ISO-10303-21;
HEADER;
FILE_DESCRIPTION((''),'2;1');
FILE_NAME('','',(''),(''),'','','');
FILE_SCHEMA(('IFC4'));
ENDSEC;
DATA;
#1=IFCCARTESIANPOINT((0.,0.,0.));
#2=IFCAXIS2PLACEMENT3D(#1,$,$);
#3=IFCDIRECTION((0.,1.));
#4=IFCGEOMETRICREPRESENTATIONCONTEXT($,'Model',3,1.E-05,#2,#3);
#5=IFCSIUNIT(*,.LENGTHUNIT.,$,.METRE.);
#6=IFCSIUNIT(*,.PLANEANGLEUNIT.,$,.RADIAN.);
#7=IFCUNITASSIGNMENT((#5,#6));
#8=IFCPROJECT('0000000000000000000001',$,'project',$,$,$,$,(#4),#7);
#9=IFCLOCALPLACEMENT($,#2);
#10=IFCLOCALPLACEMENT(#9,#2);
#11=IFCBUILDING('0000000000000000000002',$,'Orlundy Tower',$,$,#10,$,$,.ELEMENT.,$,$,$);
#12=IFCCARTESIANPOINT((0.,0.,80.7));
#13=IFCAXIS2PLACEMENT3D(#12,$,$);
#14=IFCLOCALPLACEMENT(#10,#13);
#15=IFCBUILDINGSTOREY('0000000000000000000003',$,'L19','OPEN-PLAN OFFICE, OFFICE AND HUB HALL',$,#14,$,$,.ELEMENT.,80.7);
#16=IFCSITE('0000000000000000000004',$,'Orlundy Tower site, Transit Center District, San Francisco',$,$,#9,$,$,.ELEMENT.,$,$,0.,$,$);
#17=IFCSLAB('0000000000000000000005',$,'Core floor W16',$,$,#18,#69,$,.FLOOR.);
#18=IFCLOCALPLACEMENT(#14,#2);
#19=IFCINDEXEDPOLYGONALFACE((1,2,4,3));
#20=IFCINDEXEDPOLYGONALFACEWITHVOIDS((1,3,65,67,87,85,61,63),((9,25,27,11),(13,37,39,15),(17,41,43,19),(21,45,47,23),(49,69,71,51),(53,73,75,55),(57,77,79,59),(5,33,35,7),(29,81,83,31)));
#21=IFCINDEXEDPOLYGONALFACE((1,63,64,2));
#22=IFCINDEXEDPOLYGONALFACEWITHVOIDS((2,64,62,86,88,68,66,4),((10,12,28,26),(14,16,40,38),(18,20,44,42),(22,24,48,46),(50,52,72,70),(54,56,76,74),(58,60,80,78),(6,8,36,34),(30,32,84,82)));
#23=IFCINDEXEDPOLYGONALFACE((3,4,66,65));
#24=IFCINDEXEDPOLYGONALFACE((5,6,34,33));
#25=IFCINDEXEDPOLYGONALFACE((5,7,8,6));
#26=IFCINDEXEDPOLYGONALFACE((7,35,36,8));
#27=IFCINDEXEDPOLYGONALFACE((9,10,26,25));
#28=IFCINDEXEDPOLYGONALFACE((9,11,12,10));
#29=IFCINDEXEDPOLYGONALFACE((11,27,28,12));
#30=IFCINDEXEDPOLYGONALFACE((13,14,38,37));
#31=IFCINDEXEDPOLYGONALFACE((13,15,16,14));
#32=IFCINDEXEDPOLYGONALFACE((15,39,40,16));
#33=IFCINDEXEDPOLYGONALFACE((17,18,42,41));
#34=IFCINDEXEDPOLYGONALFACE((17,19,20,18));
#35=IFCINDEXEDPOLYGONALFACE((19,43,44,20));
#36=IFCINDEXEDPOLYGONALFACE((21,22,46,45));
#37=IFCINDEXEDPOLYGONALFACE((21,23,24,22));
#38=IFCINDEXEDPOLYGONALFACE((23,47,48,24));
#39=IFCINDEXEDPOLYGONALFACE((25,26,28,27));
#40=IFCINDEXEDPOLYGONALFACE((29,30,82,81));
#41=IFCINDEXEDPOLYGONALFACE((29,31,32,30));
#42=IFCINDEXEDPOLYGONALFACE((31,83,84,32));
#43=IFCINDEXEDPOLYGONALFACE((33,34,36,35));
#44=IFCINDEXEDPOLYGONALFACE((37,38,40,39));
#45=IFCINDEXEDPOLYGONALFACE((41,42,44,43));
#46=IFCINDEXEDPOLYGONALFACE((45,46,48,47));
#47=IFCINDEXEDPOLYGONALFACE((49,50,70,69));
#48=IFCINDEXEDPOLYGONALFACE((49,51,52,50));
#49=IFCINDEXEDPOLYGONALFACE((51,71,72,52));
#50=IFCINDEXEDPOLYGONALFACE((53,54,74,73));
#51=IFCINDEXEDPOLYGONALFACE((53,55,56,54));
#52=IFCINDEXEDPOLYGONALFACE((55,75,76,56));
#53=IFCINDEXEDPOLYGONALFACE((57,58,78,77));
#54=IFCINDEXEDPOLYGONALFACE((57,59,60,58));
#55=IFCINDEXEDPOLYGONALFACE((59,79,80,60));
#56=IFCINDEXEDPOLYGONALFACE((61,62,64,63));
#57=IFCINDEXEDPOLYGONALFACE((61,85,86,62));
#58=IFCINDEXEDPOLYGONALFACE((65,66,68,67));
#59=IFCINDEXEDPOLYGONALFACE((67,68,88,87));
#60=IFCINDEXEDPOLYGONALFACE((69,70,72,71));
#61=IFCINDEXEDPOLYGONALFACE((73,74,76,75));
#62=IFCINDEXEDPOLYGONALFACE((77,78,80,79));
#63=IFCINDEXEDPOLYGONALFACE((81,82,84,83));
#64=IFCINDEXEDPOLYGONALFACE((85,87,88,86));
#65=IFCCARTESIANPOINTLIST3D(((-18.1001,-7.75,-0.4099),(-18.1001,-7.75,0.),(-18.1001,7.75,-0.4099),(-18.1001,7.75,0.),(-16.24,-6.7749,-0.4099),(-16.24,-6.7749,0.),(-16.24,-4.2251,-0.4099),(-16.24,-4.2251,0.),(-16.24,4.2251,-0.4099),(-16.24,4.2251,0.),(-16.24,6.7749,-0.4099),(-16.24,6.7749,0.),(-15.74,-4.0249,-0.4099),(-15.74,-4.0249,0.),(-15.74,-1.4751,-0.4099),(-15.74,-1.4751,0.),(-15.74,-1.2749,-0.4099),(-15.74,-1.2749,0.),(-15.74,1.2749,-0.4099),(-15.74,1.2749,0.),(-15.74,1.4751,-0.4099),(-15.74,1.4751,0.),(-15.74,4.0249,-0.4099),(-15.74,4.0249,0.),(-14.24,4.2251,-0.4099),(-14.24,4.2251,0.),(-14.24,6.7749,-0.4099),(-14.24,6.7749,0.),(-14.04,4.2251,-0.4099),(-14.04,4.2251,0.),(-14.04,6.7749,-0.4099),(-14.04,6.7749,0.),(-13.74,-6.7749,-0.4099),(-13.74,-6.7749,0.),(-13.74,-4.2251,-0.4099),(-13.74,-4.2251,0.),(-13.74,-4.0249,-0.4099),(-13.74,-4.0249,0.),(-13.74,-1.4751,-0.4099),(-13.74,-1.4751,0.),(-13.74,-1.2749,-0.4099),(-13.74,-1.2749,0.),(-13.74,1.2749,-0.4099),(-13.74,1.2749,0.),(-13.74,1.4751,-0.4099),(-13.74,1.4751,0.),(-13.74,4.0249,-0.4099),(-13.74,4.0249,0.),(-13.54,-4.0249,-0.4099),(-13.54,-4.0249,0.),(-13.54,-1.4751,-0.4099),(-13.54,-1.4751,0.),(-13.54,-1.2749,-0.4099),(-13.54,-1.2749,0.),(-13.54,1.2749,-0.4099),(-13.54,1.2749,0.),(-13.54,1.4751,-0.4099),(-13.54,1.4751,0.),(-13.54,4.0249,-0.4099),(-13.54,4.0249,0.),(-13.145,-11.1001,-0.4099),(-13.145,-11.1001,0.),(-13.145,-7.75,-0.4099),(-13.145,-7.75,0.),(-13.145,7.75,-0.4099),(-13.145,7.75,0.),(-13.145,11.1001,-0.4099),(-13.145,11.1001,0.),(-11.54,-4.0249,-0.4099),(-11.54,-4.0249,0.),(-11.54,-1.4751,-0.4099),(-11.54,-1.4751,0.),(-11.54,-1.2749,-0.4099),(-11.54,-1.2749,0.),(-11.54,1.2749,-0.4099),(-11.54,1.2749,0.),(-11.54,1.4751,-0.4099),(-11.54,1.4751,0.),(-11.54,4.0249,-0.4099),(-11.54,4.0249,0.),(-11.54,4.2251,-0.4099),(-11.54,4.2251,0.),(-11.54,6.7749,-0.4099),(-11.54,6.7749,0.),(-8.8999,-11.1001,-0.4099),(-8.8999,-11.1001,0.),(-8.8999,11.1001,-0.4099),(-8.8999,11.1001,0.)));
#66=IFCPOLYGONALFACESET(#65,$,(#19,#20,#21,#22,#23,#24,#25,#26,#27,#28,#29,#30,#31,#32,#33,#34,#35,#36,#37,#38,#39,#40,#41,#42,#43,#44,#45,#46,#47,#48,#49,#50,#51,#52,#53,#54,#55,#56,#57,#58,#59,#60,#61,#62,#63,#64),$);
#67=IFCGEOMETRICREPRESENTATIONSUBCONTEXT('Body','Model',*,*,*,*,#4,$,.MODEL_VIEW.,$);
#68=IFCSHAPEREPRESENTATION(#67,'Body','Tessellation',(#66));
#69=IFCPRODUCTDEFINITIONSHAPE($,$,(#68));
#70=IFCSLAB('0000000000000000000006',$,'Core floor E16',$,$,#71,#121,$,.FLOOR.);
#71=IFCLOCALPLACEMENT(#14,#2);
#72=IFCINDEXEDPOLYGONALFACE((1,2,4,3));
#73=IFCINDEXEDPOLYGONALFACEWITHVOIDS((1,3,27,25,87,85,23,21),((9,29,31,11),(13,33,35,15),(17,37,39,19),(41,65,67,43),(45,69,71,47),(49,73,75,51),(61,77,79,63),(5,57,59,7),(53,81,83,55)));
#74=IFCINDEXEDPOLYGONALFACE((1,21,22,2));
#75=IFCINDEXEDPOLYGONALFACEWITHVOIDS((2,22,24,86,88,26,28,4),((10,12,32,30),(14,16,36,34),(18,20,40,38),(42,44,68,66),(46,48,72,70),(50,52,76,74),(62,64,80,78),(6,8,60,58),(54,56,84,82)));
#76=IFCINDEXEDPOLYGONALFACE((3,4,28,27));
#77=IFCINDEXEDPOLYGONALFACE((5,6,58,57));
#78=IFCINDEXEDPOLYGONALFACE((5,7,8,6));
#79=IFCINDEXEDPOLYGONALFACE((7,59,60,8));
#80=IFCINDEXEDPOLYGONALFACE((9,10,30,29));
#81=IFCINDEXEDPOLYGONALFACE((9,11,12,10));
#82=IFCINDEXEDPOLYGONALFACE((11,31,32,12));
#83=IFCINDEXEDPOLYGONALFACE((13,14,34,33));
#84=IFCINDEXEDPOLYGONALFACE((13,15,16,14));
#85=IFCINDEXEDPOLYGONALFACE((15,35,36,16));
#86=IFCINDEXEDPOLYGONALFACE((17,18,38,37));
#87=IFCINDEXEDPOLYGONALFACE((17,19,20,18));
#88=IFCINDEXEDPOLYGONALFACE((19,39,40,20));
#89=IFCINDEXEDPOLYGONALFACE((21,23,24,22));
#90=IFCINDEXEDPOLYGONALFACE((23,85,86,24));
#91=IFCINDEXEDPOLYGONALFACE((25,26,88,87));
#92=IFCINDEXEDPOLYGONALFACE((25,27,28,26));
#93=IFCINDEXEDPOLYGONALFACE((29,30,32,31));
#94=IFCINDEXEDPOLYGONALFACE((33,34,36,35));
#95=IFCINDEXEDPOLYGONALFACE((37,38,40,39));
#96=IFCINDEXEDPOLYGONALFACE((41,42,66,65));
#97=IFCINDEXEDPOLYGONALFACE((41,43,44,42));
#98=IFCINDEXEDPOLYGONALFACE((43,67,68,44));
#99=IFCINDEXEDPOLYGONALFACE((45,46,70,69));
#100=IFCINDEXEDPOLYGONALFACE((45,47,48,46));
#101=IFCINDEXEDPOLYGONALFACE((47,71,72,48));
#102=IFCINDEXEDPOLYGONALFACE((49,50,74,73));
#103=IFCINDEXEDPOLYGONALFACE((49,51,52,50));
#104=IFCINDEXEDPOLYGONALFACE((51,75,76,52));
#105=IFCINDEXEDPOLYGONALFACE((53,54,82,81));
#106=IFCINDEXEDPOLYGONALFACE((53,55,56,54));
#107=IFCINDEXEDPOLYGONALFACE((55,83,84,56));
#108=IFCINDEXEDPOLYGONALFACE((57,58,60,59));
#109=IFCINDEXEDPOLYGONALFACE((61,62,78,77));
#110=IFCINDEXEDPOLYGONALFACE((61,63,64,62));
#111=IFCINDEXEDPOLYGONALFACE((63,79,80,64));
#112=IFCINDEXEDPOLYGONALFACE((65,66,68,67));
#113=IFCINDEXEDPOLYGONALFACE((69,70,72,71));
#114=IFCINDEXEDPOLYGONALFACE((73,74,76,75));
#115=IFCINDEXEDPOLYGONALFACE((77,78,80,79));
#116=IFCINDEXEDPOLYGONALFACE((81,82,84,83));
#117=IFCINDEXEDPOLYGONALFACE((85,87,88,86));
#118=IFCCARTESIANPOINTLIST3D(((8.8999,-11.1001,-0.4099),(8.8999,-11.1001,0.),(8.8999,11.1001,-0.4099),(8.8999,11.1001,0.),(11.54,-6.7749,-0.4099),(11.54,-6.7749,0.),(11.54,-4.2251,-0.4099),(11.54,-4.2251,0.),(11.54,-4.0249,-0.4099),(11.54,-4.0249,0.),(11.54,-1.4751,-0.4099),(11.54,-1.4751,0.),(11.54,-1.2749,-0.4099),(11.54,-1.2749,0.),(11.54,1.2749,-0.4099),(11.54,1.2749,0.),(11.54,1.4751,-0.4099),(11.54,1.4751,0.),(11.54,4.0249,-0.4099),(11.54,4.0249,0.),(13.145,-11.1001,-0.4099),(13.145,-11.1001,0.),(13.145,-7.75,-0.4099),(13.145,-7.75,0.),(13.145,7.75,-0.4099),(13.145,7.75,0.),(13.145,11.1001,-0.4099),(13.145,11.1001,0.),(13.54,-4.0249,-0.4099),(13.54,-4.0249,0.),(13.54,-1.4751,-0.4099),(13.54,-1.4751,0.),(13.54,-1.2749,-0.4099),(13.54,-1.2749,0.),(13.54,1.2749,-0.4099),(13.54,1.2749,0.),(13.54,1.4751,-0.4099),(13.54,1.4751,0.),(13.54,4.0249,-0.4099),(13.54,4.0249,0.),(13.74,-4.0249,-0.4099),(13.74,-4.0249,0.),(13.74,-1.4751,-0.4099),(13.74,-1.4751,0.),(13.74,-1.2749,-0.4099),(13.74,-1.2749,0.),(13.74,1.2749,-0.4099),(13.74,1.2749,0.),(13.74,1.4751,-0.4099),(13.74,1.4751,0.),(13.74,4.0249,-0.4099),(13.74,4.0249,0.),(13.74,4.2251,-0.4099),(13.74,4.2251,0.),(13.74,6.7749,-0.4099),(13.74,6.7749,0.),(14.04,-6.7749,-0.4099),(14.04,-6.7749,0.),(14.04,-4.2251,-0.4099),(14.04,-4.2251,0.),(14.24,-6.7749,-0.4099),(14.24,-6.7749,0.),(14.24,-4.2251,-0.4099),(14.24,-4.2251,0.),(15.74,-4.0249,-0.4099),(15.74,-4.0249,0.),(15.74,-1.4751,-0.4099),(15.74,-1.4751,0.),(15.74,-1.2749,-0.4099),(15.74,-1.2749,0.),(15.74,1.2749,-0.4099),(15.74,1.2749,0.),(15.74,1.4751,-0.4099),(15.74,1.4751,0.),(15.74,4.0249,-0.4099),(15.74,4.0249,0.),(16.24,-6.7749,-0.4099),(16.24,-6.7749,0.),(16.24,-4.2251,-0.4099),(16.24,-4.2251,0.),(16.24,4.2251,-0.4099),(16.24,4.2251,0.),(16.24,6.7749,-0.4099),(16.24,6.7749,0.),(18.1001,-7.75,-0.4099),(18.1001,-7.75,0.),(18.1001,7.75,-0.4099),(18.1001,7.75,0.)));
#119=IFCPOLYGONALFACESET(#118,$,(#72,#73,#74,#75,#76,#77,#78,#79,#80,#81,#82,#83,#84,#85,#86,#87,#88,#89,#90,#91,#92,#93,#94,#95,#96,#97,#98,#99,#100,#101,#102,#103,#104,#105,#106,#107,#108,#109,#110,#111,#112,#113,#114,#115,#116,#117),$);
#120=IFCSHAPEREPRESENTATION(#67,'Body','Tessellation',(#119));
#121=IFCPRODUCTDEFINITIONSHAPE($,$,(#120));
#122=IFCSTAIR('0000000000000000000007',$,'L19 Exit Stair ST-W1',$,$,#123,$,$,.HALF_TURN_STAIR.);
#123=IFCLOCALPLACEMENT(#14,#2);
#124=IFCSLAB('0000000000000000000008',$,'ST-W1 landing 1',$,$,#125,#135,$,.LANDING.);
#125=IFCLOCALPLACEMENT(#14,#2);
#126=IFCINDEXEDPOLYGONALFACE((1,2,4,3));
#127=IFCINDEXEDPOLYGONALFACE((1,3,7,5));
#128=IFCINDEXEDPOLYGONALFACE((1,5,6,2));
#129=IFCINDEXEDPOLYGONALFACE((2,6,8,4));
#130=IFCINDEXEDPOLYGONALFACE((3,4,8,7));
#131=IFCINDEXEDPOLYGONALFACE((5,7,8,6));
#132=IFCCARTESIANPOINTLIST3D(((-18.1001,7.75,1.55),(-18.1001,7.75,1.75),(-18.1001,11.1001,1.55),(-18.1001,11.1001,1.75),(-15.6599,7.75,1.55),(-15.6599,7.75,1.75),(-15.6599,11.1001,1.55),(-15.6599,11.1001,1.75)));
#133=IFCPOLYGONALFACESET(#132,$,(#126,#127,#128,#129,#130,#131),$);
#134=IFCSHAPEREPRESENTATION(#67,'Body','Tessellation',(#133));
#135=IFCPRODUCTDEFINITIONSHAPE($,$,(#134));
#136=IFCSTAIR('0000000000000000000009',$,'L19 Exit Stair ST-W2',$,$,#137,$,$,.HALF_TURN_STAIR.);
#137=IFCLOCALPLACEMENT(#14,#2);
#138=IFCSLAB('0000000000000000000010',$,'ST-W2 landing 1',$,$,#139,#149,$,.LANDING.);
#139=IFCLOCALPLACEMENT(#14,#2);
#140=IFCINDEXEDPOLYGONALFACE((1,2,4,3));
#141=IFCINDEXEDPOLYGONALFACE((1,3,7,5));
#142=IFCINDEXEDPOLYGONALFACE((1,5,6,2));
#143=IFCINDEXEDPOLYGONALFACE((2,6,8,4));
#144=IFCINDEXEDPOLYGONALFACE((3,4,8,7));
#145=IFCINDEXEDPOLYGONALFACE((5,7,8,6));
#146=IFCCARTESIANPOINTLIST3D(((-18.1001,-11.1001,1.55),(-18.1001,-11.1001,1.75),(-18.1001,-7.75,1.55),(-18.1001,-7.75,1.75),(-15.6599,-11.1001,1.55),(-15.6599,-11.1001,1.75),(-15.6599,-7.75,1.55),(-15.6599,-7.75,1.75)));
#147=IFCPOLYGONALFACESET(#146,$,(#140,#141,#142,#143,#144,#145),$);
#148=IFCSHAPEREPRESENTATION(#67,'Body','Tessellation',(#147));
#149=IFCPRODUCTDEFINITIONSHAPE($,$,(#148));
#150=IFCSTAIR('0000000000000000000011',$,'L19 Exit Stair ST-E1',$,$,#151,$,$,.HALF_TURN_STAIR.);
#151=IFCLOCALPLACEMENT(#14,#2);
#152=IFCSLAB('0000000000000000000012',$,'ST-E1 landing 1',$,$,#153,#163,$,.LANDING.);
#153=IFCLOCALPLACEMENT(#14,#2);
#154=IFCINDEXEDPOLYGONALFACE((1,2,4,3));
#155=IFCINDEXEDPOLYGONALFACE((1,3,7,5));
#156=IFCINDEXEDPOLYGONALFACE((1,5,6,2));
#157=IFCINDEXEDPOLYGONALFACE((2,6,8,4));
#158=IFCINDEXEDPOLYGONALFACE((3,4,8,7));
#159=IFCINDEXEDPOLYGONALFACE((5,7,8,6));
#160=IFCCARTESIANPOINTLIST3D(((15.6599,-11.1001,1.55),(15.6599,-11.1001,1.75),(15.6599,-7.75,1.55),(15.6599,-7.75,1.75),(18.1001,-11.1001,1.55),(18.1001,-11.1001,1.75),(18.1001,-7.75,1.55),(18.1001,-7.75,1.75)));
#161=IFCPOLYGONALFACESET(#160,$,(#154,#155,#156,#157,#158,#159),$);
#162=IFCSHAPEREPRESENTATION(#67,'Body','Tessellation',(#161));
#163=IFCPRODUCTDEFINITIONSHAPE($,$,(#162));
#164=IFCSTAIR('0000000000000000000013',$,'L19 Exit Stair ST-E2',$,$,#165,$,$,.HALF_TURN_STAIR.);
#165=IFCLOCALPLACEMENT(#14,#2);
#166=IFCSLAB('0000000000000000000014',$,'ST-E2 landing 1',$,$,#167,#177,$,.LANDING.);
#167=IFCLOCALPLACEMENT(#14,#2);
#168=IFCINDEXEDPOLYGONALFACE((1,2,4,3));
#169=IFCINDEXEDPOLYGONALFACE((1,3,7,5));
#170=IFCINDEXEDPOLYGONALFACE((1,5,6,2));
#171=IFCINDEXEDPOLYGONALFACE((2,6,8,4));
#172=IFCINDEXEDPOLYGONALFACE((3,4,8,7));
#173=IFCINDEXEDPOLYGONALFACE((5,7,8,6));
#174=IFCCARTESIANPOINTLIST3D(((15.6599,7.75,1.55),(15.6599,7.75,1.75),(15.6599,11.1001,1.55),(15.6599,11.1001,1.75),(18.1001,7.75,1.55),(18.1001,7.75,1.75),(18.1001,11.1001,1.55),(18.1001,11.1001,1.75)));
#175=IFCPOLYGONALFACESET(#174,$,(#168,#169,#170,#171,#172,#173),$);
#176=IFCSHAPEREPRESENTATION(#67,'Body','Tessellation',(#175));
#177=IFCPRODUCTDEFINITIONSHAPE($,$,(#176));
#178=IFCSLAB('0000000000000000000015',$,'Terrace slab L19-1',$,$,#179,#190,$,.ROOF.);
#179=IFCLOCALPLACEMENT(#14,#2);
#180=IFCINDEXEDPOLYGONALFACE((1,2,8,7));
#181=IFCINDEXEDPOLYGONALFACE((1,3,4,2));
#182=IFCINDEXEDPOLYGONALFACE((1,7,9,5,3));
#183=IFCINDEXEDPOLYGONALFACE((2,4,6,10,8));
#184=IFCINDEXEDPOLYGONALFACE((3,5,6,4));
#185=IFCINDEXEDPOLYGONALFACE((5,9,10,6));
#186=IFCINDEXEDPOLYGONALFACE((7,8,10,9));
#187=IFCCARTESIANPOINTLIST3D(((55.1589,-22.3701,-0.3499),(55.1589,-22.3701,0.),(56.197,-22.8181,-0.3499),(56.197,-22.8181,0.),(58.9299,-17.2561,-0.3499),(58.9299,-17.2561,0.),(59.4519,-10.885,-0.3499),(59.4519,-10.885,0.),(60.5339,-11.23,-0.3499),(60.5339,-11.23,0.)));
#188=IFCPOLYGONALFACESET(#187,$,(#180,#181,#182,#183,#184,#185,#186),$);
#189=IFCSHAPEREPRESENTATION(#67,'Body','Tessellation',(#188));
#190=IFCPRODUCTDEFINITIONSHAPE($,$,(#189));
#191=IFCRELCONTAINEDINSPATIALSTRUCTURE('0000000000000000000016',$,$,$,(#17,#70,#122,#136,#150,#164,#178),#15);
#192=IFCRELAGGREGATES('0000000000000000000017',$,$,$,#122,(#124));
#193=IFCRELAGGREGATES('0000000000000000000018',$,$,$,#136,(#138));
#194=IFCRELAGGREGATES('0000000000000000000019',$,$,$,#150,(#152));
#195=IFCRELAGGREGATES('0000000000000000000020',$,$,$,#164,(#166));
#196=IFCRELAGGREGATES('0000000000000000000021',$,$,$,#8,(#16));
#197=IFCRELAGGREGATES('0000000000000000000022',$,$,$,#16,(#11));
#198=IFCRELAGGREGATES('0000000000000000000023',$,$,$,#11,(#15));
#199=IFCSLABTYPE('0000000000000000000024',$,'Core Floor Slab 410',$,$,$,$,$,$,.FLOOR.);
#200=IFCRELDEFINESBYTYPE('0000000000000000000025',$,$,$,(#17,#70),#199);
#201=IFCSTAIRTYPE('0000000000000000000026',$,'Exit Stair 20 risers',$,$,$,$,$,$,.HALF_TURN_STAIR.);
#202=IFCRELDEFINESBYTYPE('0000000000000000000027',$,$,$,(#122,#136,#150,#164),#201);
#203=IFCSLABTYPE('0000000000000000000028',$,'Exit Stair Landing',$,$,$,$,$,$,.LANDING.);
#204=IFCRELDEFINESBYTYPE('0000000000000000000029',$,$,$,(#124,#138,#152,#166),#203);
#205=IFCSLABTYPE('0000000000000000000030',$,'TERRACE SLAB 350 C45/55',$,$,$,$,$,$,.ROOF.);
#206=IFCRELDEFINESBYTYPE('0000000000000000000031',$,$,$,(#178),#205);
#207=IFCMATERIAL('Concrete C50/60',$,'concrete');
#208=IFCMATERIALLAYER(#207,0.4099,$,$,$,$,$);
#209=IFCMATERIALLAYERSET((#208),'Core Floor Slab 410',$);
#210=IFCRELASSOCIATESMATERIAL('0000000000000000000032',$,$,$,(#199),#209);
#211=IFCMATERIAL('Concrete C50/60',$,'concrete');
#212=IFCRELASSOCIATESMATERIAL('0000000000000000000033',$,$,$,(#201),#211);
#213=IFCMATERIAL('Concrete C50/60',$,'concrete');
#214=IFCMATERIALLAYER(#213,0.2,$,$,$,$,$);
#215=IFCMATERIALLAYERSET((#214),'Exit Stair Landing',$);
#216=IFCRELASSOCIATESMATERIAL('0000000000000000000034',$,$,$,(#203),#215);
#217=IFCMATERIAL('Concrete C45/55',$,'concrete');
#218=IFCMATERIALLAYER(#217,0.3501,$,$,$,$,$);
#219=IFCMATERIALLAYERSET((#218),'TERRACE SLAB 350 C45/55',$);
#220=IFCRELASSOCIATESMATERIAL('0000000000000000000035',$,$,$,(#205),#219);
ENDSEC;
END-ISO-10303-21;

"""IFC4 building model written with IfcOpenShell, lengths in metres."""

from ifc_helpers import new_model, si_unit, direction, frame, origin, place, context, subcontext, project, spatial, polyline, outline, extrude, material, layer, layer_set, type_object, element, aggregate, save


model = new_model("IFC4")

# Units and contexts
model_context = context("Model", 3, precision=1e-05, world=origin(), true_north=direction((0.0, 1.0)))
body_context = subcontext(model_context, "Body", "Model", "MODEL_VIEW")
ifc_project = project(units=[si_unit("LENGTHUNIT", "METRE"), si_unit("PLANEANGLEUNIT", "RADIAN")], contexts=[model_context])

# Site, building, storey
site_placement = place(None, origin())
site = spatial("IfcSite", under=ifc_project, at=site_placement, Name="Orlundy Tower site, Transit Center District, San Francisco", CompositionType="ELEMENT", RefElevation=0.0)
building_placement = place(site_placement, origin())
building = spatial("IfcBuilding", under=site, at=building_placement, Name="Orlundy Tower", CompositionType="ELEMENT")
storey_placement = place(building_placement, frame((0.0, 0.0, 80.7)))
storey = spatial("IfcBuildingStorey", under=building, at=storey_placement, Name="L19", Description="OPEN-PLAN OFFICE, OFFICE AND HUB HALL", CompositionType="ELEMENT", Elevation=80.7)

# Slabs
ifc_material_1 = material(Name="Concrete C50/60", Category="concrete")
ifc_layer_1 = layer(ifc_material_1, 0.4099)
ifc_layer_set_1 = layer_set([ifc_layer_1], Name="Core Floor Slab 410")
slab_type_1 = type_object("IfcSlabType", Name="Core Floor Slab 410", PredefinedType="FLOOR", material=ifc_layer_set_1)
slab_1_placement = place(storey_placement, frame((0.0, 0.0, -0.4099)))
element("IfcSlab", 1, at=slab_1_placement, inside=storey, type_object=slab_type_1, Name="Core floor W16", PredefinedType="FLOOR", context=body_context, shape_type="SweptSolid", body=[
    extrude(outline(polyline([(-13.145, 7.75), (-13.145, 11.1001), (-8.8999, 11.1001), (-8.8999, -11.1001), (-13.145, -11.1001), (-13.145, -7.75), (-18.1001, -7.75), (-18.1001, 7.75), (-13.145, 7.75)]), holes=[polyline([(-16.24, -6.7749), (-13.74, -6.7749), (-13.74, -4.2251), (-16.24, -4.2251), (-16.24, -6.7749)]), polyline([(-13.54, -1.4751), (-13.54, -4.0249), (-11.54, -4.0249), (-11.54, -1.4751), (-13.54, -1.4751)]), polyline([(-13.74, -1.4751), (-15.74, -1.4751), (-15.74, -4.0249), (-13.74, -4.0249), (-13.74, -1.4751)]), polyline([(-11.54, -1.2749), (-11.54, 1.2749), (-13.54, 1.2749), (-13.54, -1.2749), (-11.54, -1.2749)]), polyline([(-15.74, -1.2749), (-13.74, -1.2749), (-13.74, 1.2749), (-15.74, 1.2749), (-15.74, -1.2749)]), polyline([(-13.54, 4.0249), (-13.54, 1.4751), (-11.54, 1.4751), (-11.54, 4.0249), (-13.54, 4.0249)]), polyline([(-13.74, 4.0249), (-15.74, 4.0249), (-15.74, 1.4751), (-13.74, 1.4751), (-13.74, 4.0249)]), polyline([(-11.54, 4.2251), (-11.54, 6.7749), (-14.04, 6.7749), (-14.04, 4.2251), (-11.54, 4.2251)]), polyline([(-16.24, 4.2251), (-14.24, 4.2251), (-14.24, 6.7749), (-16.24, 6.7749), (-16.24, 4.2251)])]), origin(), (0.0, 0.0, 1.0), 0.4099),
])
slab_2_placement = place(storey_placement, frame((0.0, 0.0, -0.4099)))
element("IfcSlab", 2, at=slab_2_placement, inside=storey, type_object=slab_type_1, Name="Core floor E16", PredefinedType="FLOOR", context=body_context, shape_type="SweptSolid", body=[
    extrude(outline(polyline([(13.145, -7.75), (13.145, -11.1001), (8.8999, -11.1001), (8.8999, 11.1001), (13.145, 11.1001), (13.145, 7.75), (18.1001, 7.75), (18.1001, -7.75), (13.145, -7.75)]), holes=[polyline([(16.24, 6.7749), (13.74, 6.7749), (13.74, 4.2251), (16.24, 4.2251), (16.24, 6.7749)]), polyline([(13.54, 1.4751), (13.54, 4.0249), (11.54, 4.0249), (11.54, 1.4751), (13.54, 1.4751)]), polyline([(13.74, 1.4751), (15.74, 1.4751), (15.74, 4.0249), (13.74, 4.0249), (13.74, 1.4751)]), polyline([(11.54, 1.2749), (11.54, -1.2749), (13.54, -1.2749), (13.54, 1.2749), (11.54, 1.2749)]), polyline([(15.74, 1.2749), (13.74, 1.2749), (13.74, -1.2749), (15.74, -1.2749), (15.74, 1.2749)]), polyline([(13.54, -4.0249), (13.54, -1.4751), (11.54, -1.4751), (11.54, -4.0249), (13.54, -4.0249)]), polyline([(13.74, -4.0249), (15.74, -4.0249), (15.74, -1.4751), (13.74, -1.4751), (13.74, -4.0249)]), polyline([(11.54, -4.2251), (11.54, -6.7749), (14.04, -6.7749), (14.04, -4.2251), (11.54, -4.2251)]), polyline([(16.24, -4.2251), (14.24, -4.2251), (14.24, -6.7749), (16.24, -6.7749), (16.24, -4.2251)])]), origin(), (0.0, 0.0, 1.0), 0.4099),
])

# Stairs, slabs
ifc_material_2 = material(Name="Concrete C50/60", Category="concrete")
stair_type = type_object("IfcStairType", Name="Exit Stair 20 risers", PredefinedType="HALF_TURN_STAIR", material=ifc_material_2)
stair_1_placement = place(storey_placement, origin())
stair_1 = element("IfcStair", 3, at=stair_1_placement, inside=storey, type_object=stair_type, Name="L19 Exit Stair ST-W1", PredefinedType="HALF_TURN_STAIR")
ifc_material_3 = material(Name="Concrete C50/60", Category="concrete")
ifc_layer_2 = layer(ifc_material_3, 0.2)
ifc_layer_set_2 = layer_set([ifc_layer_2], Name="Exit Stair Landing")
slab_type_2 = type_object("IfcSlabType", Name="Exit Stair Landing", PredefinedType="LANDING", material=ifc_layer_set_2)
slab_3_placement = place(storey_placement, frame((0.0, 0.0, 1.55)))
slab_3 = element("IfcSlab", 4, at=slab_3_placement, type_object=slab_type_2, Name="ST-W1 landing 1", PredefinedType="LANDING", context=body_context, shape_type="SweptSolid", body=[
    extrude(outline(polyline([(-15.6599, 11.1001), (-18.1001, 11.1001), (-18.1001, 7.75), (-15.6599, 7.75), (-15.6599, 11.1001)])), origin(), (0.0, 0.0, 1.0), 0.2),
])
aggregate(stair_1, [slab_3])
stair_2_placement = place(storey_placement, origin())
stair_2 = element("IfcStair", 5, at=stair_2_placement, inside=storey, type_object=stair_type, Name="L19 Exit Stair ST-W2", PredefinedType="HALF_TURN_STAIR")
slab_4_placement = place(storey_placement, frame((0.0, 0.0, 1.55)))
slab_4 = element("IfcSlab", 6, at=slab_4_placement, type_object=slab_type_2, Name="ST-W2 landing 1", PredefinedType="LANDING", context=body_context, shape_type="SweptSolid", body=[
    extrude(outline(polyline([(-15.6599, -7.75), (-18.1001, -7.75), (-18.1001, -11.1001), (-15.6599, -11.1001), (-15.6599, -7.75)])), origin(), (0.0, 0.0, 1.0), 0.2),
])
aggregate(stair_2, [slab_4])
stair_3_placement = place(storey_placement, origin())
stair_3 = element("IfcStair", 7, at=stair_3_placement, inside=storey, type_object=stair_type, Name="L19 Exit Stair ST-E1", PredefinedType="HALF_TURN_STAIR")
slab_5_placement = place(storey_placement, frame((0.0, 0.0, 1.55)))
slab_5 = element("IfcSlab", 8, at=slab_5_placement, type_object=slab_type_2, Name="ST-E1 landing 1", PredefinedType="LANDING", context=body_context, shape_type="SweptSolid", body=[
    extrude(outline(polyline([(15.6599, -11.1001), (18.1001, -11.1001), (18.1001, -7.75), (15.6599, -7.75), (15.6599, -11.1001)])), origin(), (0.0, 0.0, 1.0), 0.2),
])
aggregate(stair_3, [slab_5])
stair_4_placement = place(storey_placement, origin())
stair_4 = element("IfcStair", 9, at=stair_4_placement, inside=storey, type_object=stair_type, Name="L19 Exit Stair ST-E2", PredefinedType="HALF_TURN_STAIR")
slab_6_placement = place(storey_placement, frame((0.0, 0.0, 1.55)))
slab_6 = element("IfcSlab", 10, at=slab_6_placement, type_object=slab_type_2, Name="ST-E2 landing 1", PredefinedType="LANDING", context=body_context, shape_type="SweptSolid", body=[
    extrude(outline(polyline([(15.6599, 7.75), (18.1001, 7.75), (18.1001, 11.1001), (15.6599, 11.1001), (15.6599, 7.75)])), origin(), (0.0, 0.0, 1.0), 0.2),
])
aggregate(stair_4, [slab_6])

# Slab
ifc_material_4 = material(Name="Concrete C45/55", Category="concrete")
ifc_layer_3 = layer(ifc_material_4, 0.3501)
ifc_layer_set_3 = layer_set([ifc_layer_3], Name="TERRACE SLAB 350 C45/55")
slab_type_3 = type_object("IfcSlabType", Name="TERRACE SLAB 350 C45/55", PredefinedType="ROOF", material=ifc_layer_set_3)
slab_7_placement = place(storey_placement, frame((0.0, 0.0, -0.3499)))
element("IfcSlab", 11, at=slab_7_placement, inside=storey, type_object=slab_type_3, Name="Terrace slab L19-1", PredefinedType="ROOF", context=body_context, shape_type="SweptSolid", body=[
    extrude(outline(polyline([(56.197, -22.8181), (55.1589, -22.3701), (59.4519, -10.885), (60.5339, -11.23), (58.9299, -17.2561), (56.197, -22.8181)])), origin(), (0.0, 0.0, 1.0), 0.3499),
])

save(model, "model.ifc")
